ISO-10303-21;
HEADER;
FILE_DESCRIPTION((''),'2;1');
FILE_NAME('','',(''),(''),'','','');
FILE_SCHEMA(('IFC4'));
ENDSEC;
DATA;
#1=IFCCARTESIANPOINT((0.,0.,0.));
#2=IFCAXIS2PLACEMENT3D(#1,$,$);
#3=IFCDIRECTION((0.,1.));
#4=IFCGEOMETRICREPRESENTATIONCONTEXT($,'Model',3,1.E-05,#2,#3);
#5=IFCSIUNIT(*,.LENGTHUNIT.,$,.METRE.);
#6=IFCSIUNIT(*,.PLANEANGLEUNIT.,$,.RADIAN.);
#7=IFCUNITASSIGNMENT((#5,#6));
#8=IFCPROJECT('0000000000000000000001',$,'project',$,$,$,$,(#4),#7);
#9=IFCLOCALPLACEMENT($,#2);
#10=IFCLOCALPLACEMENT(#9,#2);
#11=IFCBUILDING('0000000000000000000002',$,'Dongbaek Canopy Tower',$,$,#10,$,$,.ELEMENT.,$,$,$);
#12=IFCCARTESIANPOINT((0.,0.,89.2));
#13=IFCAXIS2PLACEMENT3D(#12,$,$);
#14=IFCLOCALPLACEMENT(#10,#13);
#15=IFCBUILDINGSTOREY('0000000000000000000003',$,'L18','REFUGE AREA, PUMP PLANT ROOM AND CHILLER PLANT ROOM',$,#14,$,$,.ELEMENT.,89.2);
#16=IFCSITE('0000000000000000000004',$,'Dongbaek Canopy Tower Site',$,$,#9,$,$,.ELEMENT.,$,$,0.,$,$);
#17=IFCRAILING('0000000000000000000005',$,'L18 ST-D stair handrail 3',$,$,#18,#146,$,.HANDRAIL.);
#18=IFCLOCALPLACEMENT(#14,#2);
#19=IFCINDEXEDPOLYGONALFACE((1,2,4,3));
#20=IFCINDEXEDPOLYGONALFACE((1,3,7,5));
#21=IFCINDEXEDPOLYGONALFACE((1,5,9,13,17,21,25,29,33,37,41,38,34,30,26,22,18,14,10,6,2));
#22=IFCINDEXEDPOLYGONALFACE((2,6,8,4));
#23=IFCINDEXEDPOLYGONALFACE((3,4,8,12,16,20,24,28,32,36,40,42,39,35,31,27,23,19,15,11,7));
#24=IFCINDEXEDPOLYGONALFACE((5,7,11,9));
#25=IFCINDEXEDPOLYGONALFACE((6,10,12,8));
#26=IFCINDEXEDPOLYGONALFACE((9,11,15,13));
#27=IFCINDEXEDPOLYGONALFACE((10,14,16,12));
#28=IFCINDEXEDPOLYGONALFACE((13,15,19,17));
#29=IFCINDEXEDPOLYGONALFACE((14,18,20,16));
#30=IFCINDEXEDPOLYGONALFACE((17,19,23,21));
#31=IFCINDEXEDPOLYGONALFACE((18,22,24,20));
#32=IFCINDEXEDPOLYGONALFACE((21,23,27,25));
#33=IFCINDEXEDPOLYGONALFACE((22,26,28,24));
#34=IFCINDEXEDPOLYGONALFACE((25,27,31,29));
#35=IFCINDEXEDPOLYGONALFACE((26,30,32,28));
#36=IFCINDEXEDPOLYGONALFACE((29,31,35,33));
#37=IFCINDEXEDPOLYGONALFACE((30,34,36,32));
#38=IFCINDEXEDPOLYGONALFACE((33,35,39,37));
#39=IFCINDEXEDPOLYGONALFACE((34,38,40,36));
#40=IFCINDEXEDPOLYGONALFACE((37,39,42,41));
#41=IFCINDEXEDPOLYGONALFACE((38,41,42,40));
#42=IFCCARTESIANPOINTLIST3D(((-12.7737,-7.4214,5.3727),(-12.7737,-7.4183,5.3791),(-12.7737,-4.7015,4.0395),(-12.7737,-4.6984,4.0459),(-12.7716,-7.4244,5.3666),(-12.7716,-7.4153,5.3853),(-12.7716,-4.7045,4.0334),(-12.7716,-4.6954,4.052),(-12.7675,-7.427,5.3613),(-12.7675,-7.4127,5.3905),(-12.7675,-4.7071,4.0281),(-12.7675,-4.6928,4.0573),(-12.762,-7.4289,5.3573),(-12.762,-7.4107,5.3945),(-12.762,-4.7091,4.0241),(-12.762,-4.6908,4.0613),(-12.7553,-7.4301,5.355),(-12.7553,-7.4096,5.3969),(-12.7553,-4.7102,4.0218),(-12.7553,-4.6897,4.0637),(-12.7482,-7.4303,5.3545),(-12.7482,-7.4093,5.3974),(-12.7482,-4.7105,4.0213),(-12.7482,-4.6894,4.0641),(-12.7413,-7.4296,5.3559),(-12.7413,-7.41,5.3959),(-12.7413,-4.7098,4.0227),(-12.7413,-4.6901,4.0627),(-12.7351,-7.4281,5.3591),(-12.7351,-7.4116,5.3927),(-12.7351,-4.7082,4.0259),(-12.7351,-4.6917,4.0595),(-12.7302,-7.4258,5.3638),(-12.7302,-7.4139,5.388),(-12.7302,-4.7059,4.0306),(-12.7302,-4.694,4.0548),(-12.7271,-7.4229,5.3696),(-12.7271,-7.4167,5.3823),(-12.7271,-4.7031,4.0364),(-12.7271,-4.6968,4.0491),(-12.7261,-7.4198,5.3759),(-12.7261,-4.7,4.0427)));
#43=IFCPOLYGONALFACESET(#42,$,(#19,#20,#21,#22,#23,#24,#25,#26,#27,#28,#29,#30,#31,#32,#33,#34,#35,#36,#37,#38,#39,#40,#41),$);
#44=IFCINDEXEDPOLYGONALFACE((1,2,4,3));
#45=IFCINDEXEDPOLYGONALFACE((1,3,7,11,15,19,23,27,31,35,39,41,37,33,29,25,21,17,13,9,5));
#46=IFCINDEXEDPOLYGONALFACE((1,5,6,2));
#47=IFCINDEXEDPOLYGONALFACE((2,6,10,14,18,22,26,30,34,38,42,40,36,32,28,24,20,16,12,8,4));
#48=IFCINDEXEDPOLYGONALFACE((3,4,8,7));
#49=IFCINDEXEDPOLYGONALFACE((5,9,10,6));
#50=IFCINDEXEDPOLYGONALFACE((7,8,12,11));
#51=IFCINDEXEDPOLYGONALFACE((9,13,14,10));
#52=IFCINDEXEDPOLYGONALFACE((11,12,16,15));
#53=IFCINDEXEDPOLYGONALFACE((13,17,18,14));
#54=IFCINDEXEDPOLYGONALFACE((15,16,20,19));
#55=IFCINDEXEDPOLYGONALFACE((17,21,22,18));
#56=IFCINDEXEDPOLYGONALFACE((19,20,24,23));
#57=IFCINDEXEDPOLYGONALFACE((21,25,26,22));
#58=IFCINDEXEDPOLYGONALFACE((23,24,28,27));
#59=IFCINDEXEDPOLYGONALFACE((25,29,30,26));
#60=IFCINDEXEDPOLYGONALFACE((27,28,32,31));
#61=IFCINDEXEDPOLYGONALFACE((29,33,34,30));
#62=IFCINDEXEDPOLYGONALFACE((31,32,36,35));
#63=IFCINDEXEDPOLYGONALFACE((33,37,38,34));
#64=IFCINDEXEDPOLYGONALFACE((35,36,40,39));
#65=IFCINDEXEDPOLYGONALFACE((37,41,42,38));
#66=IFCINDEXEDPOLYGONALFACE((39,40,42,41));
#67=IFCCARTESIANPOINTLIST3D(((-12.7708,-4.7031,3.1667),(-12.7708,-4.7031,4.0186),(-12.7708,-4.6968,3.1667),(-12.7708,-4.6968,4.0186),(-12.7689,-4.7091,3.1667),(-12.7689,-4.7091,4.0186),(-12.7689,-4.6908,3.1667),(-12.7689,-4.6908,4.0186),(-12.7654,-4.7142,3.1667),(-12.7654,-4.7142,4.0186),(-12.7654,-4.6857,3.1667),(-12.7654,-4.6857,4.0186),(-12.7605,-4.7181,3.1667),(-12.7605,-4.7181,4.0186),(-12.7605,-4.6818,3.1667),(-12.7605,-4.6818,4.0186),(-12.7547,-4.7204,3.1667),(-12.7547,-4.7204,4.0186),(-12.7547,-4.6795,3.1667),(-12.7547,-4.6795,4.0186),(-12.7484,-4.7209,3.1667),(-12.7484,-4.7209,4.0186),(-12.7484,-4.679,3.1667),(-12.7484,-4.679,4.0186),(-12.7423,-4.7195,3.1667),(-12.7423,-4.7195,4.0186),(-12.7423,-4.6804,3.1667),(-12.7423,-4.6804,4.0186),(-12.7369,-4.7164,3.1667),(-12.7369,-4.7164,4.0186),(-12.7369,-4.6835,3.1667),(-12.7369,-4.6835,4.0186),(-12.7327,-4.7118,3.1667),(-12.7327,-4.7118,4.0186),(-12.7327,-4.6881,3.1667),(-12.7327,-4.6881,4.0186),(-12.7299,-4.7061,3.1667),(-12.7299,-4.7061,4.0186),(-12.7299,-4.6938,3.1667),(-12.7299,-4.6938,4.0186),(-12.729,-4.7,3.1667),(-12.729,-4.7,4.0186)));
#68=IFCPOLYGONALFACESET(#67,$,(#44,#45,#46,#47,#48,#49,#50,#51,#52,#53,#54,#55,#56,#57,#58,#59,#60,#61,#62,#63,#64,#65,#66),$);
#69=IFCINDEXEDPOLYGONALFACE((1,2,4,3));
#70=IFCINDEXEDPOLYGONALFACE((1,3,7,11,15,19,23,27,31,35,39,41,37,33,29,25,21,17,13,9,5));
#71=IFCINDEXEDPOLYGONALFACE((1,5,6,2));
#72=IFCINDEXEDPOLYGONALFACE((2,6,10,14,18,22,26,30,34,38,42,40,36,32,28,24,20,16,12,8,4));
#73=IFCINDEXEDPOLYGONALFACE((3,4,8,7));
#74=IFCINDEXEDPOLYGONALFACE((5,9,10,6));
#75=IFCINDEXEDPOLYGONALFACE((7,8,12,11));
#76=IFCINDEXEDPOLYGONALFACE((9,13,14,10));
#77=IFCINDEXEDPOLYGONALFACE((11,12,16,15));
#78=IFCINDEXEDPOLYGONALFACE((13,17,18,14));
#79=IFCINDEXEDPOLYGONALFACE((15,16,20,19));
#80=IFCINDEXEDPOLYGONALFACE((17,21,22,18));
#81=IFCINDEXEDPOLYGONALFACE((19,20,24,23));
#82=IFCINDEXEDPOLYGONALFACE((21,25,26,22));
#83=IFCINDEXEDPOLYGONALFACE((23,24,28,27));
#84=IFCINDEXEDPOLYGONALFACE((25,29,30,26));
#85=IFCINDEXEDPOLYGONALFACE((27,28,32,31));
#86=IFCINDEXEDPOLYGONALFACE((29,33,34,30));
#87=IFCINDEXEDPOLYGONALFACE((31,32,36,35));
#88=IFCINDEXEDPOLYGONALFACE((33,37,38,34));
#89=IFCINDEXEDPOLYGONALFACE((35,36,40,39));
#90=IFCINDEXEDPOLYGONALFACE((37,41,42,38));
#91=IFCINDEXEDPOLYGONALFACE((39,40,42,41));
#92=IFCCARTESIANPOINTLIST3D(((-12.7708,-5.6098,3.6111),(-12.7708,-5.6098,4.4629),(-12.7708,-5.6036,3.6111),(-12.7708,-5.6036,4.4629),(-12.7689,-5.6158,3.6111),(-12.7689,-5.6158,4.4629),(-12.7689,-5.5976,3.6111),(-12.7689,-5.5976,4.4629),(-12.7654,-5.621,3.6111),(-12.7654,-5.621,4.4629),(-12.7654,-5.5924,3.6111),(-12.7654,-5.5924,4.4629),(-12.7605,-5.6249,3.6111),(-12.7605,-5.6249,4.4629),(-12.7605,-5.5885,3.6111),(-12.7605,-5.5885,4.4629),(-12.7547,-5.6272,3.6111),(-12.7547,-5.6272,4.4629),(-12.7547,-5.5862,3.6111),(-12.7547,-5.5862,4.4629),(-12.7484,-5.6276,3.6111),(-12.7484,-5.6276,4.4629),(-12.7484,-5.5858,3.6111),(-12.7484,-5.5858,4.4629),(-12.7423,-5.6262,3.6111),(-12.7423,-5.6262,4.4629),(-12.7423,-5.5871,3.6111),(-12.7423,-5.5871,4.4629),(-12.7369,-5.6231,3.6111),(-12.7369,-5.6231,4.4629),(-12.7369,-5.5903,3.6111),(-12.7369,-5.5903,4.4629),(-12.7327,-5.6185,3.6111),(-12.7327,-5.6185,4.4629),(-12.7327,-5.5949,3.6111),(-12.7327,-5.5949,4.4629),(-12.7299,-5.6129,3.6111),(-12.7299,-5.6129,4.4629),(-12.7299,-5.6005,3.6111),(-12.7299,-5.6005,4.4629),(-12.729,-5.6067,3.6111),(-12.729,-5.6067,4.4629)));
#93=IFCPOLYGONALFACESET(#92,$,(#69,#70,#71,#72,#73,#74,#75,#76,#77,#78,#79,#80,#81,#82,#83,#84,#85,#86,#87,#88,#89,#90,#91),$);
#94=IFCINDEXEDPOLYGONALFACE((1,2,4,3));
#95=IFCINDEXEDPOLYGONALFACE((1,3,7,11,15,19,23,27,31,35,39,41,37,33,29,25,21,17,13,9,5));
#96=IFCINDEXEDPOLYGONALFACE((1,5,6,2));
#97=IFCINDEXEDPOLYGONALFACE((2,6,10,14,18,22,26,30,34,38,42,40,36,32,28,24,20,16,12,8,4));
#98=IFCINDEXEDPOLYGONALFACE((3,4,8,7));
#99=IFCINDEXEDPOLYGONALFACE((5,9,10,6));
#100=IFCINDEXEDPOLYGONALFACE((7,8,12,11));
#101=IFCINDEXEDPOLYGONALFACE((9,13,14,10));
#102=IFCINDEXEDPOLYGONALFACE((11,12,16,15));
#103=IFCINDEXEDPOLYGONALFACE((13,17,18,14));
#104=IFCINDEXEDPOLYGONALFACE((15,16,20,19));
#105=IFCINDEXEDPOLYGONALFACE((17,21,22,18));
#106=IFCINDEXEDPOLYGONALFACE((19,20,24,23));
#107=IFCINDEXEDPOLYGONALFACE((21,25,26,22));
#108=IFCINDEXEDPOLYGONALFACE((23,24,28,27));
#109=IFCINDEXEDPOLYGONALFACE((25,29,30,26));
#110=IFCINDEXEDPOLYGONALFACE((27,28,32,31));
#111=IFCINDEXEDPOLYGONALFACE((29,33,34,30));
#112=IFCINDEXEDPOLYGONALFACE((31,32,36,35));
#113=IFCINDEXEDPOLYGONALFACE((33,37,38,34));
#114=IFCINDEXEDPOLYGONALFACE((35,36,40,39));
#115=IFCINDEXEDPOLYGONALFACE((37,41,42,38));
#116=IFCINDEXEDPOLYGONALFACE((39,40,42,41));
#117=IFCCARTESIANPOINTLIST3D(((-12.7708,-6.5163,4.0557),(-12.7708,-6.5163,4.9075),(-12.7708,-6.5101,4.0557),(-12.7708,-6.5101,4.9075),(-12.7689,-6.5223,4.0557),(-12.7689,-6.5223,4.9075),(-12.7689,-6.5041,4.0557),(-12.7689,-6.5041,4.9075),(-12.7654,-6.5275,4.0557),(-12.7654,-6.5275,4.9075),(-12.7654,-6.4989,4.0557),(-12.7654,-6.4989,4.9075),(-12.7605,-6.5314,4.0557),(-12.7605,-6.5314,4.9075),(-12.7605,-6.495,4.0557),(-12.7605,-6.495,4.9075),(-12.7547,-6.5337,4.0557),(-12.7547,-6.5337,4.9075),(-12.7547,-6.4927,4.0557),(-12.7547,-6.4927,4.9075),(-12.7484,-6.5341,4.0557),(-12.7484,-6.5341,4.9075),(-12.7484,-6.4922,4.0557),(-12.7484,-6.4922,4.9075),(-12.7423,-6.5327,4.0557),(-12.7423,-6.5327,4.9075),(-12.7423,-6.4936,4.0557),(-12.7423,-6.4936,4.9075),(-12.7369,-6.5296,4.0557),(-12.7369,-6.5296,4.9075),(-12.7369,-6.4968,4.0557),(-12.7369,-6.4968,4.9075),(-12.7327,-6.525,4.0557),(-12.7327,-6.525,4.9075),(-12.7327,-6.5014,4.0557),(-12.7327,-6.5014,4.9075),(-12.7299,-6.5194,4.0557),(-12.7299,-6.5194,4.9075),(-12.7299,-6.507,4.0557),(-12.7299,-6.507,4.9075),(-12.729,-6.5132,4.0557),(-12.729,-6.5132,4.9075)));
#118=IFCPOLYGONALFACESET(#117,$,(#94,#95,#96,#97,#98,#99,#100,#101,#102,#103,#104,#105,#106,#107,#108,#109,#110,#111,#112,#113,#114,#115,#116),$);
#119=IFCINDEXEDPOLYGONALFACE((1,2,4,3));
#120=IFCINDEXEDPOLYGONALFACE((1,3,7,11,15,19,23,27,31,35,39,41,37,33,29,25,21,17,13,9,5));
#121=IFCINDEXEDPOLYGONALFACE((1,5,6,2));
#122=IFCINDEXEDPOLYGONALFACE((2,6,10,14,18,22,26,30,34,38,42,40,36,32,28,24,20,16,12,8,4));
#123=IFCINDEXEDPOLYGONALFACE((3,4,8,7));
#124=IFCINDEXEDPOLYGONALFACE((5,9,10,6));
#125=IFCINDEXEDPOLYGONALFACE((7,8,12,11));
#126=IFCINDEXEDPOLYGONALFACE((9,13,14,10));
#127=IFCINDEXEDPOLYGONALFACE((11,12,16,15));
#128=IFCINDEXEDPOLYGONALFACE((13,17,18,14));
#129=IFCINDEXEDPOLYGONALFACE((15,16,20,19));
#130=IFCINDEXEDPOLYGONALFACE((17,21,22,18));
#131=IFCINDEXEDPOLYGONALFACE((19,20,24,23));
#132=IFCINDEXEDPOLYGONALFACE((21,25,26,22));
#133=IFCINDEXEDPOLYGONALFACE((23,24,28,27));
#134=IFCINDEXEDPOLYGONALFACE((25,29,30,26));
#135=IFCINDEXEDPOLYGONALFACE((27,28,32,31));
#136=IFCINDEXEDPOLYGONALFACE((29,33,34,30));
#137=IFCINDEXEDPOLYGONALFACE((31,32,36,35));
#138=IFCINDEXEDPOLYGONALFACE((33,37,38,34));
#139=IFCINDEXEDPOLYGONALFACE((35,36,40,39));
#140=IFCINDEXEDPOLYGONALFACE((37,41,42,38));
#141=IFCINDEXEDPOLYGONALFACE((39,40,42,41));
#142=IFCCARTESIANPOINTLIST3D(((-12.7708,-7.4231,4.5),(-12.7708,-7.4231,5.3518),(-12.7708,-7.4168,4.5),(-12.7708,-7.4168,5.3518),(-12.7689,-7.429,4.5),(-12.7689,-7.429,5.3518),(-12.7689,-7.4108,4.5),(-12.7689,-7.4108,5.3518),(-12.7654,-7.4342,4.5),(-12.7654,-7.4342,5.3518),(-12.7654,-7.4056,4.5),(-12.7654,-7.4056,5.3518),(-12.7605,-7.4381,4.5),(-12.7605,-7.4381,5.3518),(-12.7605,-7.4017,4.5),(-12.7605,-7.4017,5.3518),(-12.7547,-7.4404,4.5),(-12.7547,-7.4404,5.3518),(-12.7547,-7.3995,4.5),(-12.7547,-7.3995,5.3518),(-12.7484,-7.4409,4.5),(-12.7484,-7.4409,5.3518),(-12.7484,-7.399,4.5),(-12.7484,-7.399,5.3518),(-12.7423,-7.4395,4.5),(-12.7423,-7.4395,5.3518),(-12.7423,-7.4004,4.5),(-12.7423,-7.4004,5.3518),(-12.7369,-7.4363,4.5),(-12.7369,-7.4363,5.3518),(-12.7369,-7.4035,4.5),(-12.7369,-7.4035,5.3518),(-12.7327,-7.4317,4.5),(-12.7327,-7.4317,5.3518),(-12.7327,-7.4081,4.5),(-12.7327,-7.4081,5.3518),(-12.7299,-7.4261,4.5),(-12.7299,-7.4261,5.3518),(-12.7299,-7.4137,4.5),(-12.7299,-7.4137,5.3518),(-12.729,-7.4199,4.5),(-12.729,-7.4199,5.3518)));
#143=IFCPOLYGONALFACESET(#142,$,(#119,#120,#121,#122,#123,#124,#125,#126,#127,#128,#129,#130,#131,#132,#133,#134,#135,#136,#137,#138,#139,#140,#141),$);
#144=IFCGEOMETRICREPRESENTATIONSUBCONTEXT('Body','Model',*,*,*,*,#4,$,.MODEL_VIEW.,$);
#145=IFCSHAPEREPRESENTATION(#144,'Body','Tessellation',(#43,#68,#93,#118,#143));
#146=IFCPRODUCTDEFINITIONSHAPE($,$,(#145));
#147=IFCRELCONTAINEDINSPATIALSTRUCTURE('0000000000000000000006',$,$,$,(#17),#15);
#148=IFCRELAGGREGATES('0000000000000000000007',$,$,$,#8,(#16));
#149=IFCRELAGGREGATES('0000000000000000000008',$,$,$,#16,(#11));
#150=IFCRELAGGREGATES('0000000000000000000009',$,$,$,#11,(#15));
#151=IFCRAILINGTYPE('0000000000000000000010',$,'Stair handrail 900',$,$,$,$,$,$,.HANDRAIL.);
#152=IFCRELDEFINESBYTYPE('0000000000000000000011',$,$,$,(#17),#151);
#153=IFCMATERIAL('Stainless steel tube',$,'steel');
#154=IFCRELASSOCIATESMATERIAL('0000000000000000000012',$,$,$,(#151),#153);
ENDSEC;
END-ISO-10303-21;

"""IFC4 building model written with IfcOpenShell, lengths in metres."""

from ifc_helpers import new_model, si_unit, direction, frame, origin, origin_2d, place, context, subcontext, project, spatial, circle, extrude, material, type_object, element, save


model = new_model("IFC4")

# Units and contexts
model_context = context("Model", 3, precision=1e-05, world=origin(), true_north=direction((0.0, 1.0)))
body_context = subcontext(model_context, "Body", "Model", "MODEL_VIEW")
ifc_project = project(units=[si_unit("LENGTHUNIT", "METRE"), si_unit("PLANEANGLEUNIT", "RADIAN")], contexts=[model_context])

# Site, building, storey
site_placement = place(None, origin())
site = spatial("IfcSite", under=ifc_project, at=site_placement, Name="Dongbaek Canopy Tower Site", CompositionType="ELEMENT", RefElevation=0.0)
building_placement = place(site_placement, origin())
building = spatial("IfcBuilding", under=site, at=building_placement, Name="Dongbaek Canopy Tower", CompositionType="ELEMENT")
storey_placement = place(building_placement, frame((0.0, 0.0, 89.2)))
storey = spatial("IfcBuildingStorey", under=building, at=storey_placement, Name="L18", Description="REFUGE AREA, PUMP PLANT ROOM AND CHILLER PLANT ROOM", CompositionType="ELEMENT", Elevation=89.2)

# Railing
ifc_material_1 = material(Name="Stainless steel tube", Category="steel")
railing_type = type_object("IfcRailingType", Name="Stair handrail 900", PredefinedType="HANDRAIL", material=ifc_material_1)
for number, where, name in (
    (1, (-12.75, -4.7, 3.1667), "L18 ST-D stair handrail 3"),
):
    element("IfcRailing", number, at=place(storey_placement, frame(where)), inside=storey, type_object=railing_type, Name=name, PredefinedType="HANDRAIL", context=body_context, shape_type="SweptSolid", body=[
        extrude(circle(Radius=0.0239, at=origin_2d()), frame((0.0, 0.0, 0.876), z_axis=(0.0, -0.897929, 0.440139), x_axis=(1.0, 0.0, 0.0)), (0.0, 0.0, 1.0), 3.0291),
        extrude(circle(Radius=0.021, at=origin_2d()), origin(), (0.0, 0.0, 1.0), 0.8518),
        extrude(circle(Radius=0.021, at=origin_2d()), frame((0.0, -0.9067, 0.4443)), (0.0, 0.0, 1.0), 0.8518),
        extrude(circle(Radius=0.021, at=origin_2d()), frame((0.0, -1.8132, 0.8889)), (0.0, 0.0, 1.0), 0.8518),
        extrude(circle(Radius=0.021, at=origin_2d()), frame((0.0, -2.72, 1.3333)), (0.0, 0.0, 1.0), 0.8518),
    ])

save(model, "model.ifc")
